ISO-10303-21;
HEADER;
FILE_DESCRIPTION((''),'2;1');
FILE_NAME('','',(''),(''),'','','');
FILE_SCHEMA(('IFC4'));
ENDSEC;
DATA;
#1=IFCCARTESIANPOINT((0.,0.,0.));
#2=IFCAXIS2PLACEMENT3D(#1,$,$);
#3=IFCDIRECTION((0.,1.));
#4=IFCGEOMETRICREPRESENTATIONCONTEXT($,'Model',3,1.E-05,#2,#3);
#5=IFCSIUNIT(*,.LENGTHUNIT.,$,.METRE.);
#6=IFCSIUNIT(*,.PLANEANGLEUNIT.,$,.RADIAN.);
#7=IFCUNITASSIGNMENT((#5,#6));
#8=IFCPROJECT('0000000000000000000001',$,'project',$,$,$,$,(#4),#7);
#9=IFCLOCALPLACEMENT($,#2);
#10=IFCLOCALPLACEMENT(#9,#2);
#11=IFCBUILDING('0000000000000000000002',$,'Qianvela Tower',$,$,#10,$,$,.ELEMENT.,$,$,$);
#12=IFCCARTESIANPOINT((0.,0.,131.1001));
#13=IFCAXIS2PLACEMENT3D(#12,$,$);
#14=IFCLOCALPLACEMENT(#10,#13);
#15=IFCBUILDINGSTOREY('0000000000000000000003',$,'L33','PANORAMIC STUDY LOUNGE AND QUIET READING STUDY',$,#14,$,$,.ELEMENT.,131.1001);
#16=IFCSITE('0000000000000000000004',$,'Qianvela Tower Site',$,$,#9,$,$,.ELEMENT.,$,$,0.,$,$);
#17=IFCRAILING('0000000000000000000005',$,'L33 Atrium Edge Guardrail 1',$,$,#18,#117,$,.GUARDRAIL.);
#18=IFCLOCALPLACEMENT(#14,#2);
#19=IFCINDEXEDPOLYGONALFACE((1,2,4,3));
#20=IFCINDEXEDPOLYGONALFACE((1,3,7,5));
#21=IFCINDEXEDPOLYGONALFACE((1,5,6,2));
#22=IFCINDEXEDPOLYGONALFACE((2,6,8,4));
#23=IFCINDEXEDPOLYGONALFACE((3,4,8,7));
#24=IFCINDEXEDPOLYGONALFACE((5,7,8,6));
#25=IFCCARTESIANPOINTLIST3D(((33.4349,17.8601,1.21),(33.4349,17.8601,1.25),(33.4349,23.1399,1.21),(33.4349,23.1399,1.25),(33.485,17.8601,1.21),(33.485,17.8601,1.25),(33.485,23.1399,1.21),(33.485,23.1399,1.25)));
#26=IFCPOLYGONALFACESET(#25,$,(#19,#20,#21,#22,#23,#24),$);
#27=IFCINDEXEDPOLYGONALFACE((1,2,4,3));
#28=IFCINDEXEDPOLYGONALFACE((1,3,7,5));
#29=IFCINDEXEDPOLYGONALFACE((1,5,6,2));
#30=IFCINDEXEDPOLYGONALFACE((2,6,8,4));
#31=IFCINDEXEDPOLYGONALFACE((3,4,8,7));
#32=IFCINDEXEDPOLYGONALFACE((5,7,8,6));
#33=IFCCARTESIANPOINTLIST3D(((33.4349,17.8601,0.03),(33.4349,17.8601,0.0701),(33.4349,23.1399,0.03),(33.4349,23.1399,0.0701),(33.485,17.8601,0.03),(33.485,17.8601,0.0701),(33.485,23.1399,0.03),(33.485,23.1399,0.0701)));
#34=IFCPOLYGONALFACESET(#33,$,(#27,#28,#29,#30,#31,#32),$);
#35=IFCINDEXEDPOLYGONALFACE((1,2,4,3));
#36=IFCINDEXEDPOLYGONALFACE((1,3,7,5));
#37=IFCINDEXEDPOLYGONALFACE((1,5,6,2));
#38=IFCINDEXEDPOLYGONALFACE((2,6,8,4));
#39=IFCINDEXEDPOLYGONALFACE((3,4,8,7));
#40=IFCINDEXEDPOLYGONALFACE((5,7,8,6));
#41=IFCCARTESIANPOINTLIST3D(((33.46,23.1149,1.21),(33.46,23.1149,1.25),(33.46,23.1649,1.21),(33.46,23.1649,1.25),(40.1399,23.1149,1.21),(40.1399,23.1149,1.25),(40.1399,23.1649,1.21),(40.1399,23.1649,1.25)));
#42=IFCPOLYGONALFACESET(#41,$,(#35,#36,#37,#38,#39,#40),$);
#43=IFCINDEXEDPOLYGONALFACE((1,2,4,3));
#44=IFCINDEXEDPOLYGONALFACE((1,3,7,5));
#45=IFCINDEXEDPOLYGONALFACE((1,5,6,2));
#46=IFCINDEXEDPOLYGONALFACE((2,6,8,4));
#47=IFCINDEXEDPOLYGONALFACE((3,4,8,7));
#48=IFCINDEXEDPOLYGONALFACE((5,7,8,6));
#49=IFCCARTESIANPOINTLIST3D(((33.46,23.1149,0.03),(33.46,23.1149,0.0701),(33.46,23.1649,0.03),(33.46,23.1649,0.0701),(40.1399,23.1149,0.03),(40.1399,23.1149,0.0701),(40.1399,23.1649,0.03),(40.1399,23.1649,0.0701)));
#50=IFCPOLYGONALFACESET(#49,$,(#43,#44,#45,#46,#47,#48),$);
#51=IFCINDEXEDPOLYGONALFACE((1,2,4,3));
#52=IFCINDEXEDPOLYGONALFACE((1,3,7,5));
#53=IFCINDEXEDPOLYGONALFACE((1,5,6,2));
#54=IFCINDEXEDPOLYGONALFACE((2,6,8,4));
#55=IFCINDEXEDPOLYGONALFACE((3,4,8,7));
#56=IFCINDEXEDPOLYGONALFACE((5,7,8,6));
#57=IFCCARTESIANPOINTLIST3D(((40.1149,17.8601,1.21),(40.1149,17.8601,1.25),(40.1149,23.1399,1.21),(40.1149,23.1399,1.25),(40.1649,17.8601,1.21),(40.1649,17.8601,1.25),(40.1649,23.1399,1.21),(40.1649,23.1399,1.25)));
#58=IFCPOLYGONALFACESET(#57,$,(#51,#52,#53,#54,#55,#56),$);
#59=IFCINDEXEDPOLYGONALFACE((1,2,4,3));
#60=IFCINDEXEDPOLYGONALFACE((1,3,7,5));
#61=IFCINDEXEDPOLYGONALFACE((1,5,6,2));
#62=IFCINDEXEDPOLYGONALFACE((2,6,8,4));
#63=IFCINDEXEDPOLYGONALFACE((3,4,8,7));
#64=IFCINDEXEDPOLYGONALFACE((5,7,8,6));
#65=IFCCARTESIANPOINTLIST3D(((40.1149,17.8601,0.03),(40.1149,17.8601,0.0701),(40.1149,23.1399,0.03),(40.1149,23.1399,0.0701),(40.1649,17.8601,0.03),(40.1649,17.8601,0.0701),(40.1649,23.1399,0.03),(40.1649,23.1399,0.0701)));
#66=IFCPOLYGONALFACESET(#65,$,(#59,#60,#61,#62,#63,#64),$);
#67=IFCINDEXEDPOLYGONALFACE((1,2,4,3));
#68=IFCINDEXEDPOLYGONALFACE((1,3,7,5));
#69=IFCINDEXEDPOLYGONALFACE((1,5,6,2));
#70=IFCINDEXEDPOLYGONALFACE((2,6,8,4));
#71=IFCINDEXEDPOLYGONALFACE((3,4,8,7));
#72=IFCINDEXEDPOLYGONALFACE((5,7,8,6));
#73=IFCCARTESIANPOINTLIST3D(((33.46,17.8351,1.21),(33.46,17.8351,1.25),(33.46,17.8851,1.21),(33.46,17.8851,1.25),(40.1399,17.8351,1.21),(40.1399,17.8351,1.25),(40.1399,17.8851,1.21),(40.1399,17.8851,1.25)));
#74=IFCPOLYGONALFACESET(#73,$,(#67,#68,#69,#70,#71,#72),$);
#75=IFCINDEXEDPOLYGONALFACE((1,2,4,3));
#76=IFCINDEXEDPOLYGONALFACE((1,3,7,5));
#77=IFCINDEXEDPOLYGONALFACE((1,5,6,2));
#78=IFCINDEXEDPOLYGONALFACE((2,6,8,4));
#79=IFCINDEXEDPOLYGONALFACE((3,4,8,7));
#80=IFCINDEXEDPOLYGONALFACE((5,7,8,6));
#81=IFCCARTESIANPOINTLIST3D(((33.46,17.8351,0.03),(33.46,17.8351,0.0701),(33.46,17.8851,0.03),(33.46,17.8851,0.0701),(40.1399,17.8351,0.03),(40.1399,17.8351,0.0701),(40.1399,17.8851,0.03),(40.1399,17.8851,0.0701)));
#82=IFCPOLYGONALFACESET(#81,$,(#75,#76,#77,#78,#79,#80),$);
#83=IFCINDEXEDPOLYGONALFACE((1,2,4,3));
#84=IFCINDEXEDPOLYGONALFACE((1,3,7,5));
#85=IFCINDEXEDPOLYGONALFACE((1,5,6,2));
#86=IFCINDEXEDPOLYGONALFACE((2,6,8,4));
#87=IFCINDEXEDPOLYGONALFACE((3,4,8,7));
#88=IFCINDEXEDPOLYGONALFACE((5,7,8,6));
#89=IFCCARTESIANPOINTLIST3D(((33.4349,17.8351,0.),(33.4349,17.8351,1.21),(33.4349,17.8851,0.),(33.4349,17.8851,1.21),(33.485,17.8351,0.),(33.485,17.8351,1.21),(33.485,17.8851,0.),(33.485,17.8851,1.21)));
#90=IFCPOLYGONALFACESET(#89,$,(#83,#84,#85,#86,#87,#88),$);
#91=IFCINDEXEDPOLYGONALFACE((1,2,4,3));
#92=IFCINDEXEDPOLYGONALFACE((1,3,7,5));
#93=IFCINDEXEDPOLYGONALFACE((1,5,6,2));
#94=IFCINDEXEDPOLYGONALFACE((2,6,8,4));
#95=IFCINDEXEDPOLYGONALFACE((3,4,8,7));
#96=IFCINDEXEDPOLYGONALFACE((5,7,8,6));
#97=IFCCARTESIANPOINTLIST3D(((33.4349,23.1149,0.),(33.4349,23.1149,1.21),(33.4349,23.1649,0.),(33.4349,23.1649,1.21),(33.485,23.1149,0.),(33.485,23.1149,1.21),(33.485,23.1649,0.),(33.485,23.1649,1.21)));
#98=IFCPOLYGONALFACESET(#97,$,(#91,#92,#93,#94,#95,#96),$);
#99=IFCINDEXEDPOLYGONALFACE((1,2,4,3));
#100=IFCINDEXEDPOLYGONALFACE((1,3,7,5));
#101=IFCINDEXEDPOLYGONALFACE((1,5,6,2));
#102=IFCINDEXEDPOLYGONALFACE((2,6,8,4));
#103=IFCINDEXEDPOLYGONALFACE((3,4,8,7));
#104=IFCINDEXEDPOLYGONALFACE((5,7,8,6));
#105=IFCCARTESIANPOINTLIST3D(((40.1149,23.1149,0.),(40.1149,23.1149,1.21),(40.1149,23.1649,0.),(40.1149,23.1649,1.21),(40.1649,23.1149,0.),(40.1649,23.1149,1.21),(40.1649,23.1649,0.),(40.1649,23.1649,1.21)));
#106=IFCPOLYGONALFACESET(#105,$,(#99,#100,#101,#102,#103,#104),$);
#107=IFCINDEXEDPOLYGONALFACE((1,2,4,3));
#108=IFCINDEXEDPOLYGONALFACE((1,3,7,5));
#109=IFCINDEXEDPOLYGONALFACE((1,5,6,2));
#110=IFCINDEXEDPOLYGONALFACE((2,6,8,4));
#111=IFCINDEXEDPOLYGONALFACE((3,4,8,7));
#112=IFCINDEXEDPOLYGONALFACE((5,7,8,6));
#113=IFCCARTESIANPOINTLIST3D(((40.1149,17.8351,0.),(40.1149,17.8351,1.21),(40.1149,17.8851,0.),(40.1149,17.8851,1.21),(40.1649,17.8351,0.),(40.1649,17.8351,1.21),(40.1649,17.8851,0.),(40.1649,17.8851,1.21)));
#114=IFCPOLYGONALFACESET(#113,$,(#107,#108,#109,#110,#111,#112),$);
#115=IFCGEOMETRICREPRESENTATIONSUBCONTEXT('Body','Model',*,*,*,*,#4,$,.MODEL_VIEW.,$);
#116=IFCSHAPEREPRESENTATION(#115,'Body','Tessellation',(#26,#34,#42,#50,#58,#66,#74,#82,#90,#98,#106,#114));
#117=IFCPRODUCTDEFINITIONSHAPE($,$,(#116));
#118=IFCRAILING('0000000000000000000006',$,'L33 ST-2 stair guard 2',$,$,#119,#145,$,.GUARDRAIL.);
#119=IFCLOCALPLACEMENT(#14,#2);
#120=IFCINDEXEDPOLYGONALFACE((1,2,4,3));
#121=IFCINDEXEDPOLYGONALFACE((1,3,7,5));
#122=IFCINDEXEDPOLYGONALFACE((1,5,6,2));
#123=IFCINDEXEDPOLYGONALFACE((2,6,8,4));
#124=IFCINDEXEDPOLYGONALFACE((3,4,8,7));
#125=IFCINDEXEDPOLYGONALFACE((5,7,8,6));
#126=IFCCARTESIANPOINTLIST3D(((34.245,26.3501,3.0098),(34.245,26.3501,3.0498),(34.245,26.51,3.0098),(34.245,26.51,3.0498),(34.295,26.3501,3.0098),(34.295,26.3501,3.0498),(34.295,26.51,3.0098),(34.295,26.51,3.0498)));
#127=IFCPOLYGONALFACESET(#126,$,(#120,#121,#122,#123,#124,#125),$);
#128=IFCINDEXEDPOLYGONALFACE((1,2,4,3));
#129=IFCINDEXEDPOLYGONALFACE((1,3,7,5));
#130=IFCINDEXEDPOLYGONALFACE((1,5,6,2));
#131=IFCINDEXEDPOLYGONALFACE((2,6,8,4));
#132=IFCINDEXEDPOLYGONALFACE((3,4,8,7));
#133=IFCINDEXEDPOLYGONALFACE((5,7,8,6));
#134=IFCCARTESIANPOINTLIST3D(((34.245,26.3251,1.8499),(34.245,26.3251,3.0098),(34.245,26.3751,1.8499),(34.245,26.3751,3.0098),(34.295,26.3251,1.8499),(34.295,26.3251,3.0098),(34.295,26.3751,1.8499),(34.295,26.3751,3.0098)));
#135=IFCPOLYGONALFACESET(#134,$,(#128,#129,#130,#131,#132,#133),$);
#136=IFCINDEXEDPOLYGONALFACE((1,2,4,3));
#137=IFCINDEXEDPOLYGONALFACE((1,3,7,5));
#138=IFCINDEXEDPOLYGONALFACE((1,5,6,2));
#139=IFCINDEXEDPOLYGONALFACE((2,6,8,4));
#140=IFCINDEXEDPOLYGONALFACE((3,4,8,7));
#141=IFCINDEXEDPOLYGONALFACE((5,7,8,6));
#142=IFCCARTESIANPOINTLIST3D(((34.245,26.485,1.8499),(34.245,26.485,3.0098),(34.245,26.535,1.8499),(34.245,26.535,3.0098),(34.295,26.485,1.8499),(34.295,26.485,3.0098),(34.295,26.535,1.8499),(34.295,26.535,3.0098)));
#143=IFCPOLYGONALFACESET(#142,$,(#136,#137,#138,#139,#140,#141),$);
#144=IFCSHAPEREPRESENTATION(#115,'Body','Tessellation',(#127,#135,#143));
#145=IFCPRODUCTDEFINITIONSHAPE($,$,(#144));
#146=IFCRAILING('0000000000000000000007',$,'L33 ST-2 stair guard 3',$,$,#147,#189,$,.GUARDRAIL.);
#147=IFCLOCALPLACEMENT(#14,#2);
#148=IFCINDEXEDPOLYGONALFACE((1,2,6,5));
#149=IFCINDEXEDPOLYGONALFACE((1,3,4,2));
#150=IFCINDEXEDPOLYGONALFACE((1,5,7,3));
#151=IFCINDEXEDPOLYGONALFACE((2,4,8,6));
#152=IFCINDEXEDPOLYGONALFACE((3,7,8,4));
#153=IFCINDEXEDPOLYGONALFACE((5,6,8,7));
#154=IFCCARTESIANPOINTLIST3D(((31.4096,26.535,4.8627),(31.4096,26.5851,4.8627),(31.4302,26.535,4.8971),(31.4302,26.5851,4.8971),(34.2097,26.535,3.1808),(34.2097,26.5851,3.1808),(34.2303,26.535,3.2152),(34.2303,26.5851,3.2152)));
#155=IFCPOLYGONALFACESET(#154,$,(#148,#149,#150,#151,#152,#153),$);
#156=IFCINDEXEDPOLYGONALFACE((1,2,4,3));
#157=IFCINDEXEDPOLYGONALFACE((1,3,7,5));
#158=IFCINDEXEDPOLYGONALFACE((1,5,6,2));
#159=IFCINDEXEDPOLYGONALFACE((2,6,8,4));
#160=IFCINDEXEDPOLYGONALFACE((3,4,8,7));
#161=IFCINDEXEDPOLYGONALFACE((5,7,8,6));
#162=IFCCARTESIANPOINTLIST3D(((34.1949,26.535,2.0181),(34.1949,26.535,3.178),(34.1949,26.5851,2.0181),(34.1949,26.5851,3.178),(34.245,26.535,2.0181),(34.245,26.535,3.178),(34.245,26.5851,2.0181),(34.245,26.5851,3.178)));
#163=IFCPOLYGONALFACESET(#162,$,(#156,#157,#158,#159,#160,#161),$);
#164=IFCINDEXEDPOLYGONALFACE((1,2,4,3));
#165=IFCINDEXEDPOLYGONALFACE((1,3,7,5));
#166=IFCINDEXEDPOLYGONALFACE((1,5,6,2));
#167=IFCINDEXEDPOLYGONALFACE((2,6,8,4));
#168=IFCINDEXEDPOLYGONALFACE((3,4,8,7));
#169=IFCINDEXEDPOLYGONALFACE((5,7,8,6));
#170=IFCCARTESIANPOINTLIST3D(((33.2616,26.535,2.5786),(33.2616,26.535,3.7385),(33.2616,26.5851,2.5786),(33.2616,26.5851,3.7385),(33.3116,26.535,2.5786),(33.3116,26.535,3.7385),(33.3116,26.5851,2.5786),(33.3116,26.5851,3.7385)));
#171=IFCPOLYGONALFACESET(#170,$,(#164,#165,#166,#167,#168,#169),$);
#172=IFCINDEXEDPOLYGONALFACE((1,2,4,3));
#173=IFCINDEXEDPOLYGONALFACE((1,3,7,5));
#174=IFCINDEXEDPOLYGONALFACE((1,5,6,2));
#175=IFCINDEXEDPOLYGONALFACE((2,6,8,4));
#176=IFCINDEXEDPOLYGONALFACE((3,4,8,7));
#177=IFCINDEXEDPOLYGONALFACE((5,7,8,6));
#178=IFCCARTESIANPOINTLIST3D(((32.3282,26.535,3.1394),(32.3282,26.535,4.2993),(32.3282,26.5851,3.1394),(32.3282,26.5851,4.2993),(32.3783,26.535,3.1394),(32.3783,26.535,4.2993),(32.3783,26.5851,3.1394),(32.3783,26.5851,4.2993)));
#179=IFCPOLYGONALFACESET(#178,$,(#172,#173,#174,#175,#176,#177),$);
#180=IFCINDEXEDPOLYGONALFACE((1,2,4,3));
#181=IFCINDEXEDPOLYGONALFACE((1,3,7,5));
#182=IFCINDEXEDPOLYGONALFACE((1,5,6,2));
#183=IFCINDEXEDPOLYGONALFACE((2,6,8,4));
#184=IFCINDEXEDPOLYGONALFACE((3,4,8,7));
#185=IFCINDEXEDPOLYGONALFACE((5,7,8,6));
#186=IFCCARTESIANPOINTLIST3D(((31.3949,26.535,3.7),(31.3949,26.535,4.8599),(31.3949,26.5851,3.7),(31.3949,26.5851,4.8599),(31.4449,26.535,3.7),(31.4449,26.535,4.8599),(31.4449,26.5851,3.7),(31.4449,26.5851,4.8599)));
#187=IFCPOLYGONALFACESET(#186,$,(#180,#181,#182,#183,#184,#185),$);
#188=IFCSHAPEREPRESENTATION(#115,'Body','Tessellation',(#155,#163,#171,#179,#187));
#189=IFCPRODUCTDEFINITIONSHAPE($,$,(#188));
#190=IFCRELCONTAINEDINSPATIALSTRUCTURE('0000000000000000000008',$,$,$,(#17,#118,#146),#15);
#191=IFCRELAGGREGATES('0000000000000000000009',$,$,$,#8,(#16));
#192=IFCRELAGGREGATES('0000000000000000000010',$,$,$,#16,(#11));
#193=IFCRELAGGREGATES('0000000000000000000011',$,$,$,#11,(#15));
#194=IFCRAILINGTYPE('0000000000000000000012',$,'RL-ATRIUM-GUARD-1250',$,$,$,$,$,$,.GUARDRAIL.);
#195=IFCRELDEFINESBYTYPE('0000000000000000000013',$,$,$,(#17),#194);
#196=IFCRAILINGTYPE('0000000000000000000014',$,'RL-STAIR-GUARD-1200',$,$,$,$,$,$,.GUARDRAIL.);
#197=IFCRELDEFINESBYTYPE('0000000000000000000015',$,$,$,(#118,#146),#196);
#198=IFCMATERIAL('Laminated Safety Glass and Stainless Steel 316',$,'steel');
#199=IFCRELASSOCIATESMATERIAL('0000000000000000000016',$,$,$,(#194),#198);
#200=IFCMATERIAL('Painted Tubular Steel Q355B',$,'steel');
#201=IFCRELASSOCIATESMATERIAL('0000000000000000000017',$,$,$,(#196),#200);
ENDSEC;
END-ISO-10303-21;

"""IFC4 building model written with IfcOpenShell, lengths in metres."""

from ifc_helpers import new_model, si_unit, direction, frame, origin, origin_2d, place, context, subcontext, project, spatial, rectangle, extrude, material, type_object, element, save


model = new_model("IFC4")

# Units and contexts
model_context = context("Model", 3, precision=1e-05, world=origin(), true_north=direction((0.0, 1.0)))
body_context = subcontext(model_context, "Body", "Model", "MODEL_VIEW")
ifc_project = project(units=[si_unit("LENGTHUNIT", "METRE"), si_unit("PLANEANGLEUNIT", "RADIAN")], contexts=[model_context])

# Site, building, storey
site_placement = place(None, origin())
site = spatial("IfcSite", under=ifc_project, at=site_placement, Name="Qianvela Tower Site", CompositionType="ELEMENT", RefElevation=0.0)
building_placement = place(site_placement, origin())
building = spatial("IfcBuilding", under=site, at=building_placement, Name="Qianvela Tower", CompositionType="ELEMENT")
storey_placement = place(building_placement, frame((0.0, 0.0, 131.1001)))
storey = spatial("IfcBuildingStorey", under=building, at=storey_placement, Name="L33", Description="PANORAMIC STUDY LOUNGE AND QUIET READING STUDY", CompositionType="ELEMENT", Elevation=131.1001)

# Railings
ifc_material_1 = material(Name="Laminated Safety Glass and Stainless Steel 316", Category="steel")
railing_type_1 = type_object("IfcRailingType", Name="RL-ATRIUM-GUARD-1250", PredefinedType="GUARDRAIL", material=ifc_material_1)
railing_1_placement = place(storey_placement, frame((33.46, 17.8601, 0.0)))
element("IfcRailing", 1, at=railing_1_placement, inside=storey, type_object=railing_type_1, Name="L33 Atrium Edge Guardrail 1", PredefinedType="GUARDRAIL", context=body_context, shape_type="SweptSolid", body=[
    extrude(rectangle(XDim=0.05, YDim=0.04, at=origin_2d()), frame((0.0, 0.0, 1.23), z_axis=(0.0, 1.0, 0.0), x_axis=(-1.0, 0.0, 0.0)), (0.0, 0.0, 1.0), 5.2798),
    extrude(rectangle(XDim=0.05, YDim=0.04, at=origin_2d()), frame((0.0, 0.0, 0.05), z_axis=(0.0, 1.0, 0.0), x_axis=(-1.0, 0.0, 0.0)), (0.0, 0.0, 1.0), 5.2798),
    extrude(rectangle(XDim=0.05, YDim=0.04, at=origin_2d()), frame((0.0, 5.2798, 1.23), z_axis=(1.0, 0.0, 0.0), x_axis=(0.0, 1.0, 0.0)), (0.0, 0.0, 1.0), 6.6799),
    extrude(rectangle(XDim=0.05, YDim=0.04, at=origin_2d()), frame((0.0, 5.2798, 0.05), z_axis=(1.0, 0.0, 0.0), x_axis=(0.0, 1.0, 0.0)), (0.0, 0.0, 1.0), 6.6799),
    extrude(rectangle(XDim=0.05, YDim=0.04, at=origin_2d()), frame((6.6799, 5.2798, 1.23), z_axis=(0.0, -1.0, 0.0), x_axis=(1.0, 0.0, 0.0)), (0.0, 0.0, 1.0), 5.2798),
    extrude(rectangle(XDim=0.05, YDim=0.04, at=origin_2d()), frame((6.6799, 5.2798, 0.05), z_axis=(0.0, -1.0, 0.0), x_axis=(1.0, 0.0, 0.0)), (0.0, 0.0, 1.0), 5.2798),
    extrude(rectangle(XDim=0.05, YDim=0.04, at=origin_2d()), frame((6.6799, 0.0, 1.23), z_axis=(-1.0, 0.0, 0.0), x_axis=(0.0, -1.0, 0.0)), (0.0, 0.0, 1.0), 6.6799),
    extrude(rectangle(XDim=0.05, YDim=0.04, at=origin_2d()), frame((6.6799, 0.0, 0.05), z_axis=(-1.0, 0.0, 0.0), x_axis=(0.0, -1.0, 0.0)), (0.0, 0.0, 1.0), 6.6799),
    extrude(rectangle(XDim=0.05, YDim=0.05, at=origin_2d()), origin(), (0.0, 0.0, 1.0), 1.21),
    extrude(rectangle(XDim=0.05, YDim=0.05, at=origin_2d()), frame((0.0, 5.2798, 0.0)), (0.0, 0.0, 1.0), 1.21),
    extrude(rectangle(XDim=0.05, YDim=0.05, at=origin_2d()), frame((6.6799, 5.2798, 0.0)), (0.0, 0.0, 1.0), 1.21),
    extrude(rectangle(XDim=0.05, YDim=0.05, at=origin_2d()), frame((6.6799, 0.0, 0.0)), (0.0, 0.0, 1.0), 1.21),
])
ifc_material_2 = material(Name="Painted Tubular Steel Q355B", Category="steel")
railing_type_2 = type_object("IfcRailingType", Name="RL-STAIR-GUARD-1200", PredefinedType="GUARDRAIL", material=ifc_material_2)
railing_2_placement = place(storey_placement, frame((34.27, 26.3501, 1.8499)))
element("IfcRailing", 2, at=railing_2_placement, inside=storey, type_object=railing_type_2, Name="L33 ST-2 stair guard 2", PredefinedType="GUARDRAIL", context=body_context, shape_type="SweptSolid", body=[
    extrude(rectangle(XDim=0.05, YDim=0.04, at=origin_2d()), frame((0.0, 0.0, 1.1799), z_axis=(0.0, 1.0, 0.0), x_axis=(-1.0, 0.0, 0.0)), (0.0, 0.0, 1.0), 0.1599),
    extrude(rectangle(XDim=0.05, YDim=0.05, at=origin_2d()), origin(), (0.0, 0.0, 1.0), 1.1599),
    extrude(rectangle(XDim=0.05, YDim=0.05, at=origin_2d()), frame((0.0, 0.1599, 0.0)), (0.0, 0.0, 1.0), 1.1599),
])
railing_3_placement = place(storey_placement, frame((34.22, 26.5601, 2.0181)))
element("IfcRailing", 3, at=railing_3_placement, inside=storey, type_object=railing_type_2, Name="L33 ST-2 stair guard 3", PredefinedType="GUARDRAIL", context=body_context, shape_type="SweptSolid", body=[
    extrude(rectangle(XDim=0.05, YDim=0.04, at=origin_2d()), frame((0.0, 0.0, 1.1799), z_axis=(-0.857242, 0.0, 0.514913), x_axis=(0.0, -1.0, 0.0)), (0.0, 0.0, 1.0), 3.2664),
    extrude(rectangle(XDim=0.05, YDim=0.05, at=origin_2d()), origin(), (0.0, 0.0, 1.0), 1.1599),
    extrude(rectangle(XDim=0.05, YDim=0.05, at=origin_2d()), frame((-0.9333, 0.0, 0.5605)), (0.0, 0.0, 1.0), 1.1599),
    extrude(rectangle(XDim=0.05, YDim=0.05, at=origin_2d()), frame((-1.8667, 0.0, 1.1213)), (0.0, 0.0, 1.0), 1.1599),
    extrude(rectangle(XDim=0.05, YDim=0.05, at=origin_2d()), frame((-2.8, 0.0, 1.6819)), (0.0, 0.0, 1.0), 1.1599),
])

save(model, "model.ifc")
